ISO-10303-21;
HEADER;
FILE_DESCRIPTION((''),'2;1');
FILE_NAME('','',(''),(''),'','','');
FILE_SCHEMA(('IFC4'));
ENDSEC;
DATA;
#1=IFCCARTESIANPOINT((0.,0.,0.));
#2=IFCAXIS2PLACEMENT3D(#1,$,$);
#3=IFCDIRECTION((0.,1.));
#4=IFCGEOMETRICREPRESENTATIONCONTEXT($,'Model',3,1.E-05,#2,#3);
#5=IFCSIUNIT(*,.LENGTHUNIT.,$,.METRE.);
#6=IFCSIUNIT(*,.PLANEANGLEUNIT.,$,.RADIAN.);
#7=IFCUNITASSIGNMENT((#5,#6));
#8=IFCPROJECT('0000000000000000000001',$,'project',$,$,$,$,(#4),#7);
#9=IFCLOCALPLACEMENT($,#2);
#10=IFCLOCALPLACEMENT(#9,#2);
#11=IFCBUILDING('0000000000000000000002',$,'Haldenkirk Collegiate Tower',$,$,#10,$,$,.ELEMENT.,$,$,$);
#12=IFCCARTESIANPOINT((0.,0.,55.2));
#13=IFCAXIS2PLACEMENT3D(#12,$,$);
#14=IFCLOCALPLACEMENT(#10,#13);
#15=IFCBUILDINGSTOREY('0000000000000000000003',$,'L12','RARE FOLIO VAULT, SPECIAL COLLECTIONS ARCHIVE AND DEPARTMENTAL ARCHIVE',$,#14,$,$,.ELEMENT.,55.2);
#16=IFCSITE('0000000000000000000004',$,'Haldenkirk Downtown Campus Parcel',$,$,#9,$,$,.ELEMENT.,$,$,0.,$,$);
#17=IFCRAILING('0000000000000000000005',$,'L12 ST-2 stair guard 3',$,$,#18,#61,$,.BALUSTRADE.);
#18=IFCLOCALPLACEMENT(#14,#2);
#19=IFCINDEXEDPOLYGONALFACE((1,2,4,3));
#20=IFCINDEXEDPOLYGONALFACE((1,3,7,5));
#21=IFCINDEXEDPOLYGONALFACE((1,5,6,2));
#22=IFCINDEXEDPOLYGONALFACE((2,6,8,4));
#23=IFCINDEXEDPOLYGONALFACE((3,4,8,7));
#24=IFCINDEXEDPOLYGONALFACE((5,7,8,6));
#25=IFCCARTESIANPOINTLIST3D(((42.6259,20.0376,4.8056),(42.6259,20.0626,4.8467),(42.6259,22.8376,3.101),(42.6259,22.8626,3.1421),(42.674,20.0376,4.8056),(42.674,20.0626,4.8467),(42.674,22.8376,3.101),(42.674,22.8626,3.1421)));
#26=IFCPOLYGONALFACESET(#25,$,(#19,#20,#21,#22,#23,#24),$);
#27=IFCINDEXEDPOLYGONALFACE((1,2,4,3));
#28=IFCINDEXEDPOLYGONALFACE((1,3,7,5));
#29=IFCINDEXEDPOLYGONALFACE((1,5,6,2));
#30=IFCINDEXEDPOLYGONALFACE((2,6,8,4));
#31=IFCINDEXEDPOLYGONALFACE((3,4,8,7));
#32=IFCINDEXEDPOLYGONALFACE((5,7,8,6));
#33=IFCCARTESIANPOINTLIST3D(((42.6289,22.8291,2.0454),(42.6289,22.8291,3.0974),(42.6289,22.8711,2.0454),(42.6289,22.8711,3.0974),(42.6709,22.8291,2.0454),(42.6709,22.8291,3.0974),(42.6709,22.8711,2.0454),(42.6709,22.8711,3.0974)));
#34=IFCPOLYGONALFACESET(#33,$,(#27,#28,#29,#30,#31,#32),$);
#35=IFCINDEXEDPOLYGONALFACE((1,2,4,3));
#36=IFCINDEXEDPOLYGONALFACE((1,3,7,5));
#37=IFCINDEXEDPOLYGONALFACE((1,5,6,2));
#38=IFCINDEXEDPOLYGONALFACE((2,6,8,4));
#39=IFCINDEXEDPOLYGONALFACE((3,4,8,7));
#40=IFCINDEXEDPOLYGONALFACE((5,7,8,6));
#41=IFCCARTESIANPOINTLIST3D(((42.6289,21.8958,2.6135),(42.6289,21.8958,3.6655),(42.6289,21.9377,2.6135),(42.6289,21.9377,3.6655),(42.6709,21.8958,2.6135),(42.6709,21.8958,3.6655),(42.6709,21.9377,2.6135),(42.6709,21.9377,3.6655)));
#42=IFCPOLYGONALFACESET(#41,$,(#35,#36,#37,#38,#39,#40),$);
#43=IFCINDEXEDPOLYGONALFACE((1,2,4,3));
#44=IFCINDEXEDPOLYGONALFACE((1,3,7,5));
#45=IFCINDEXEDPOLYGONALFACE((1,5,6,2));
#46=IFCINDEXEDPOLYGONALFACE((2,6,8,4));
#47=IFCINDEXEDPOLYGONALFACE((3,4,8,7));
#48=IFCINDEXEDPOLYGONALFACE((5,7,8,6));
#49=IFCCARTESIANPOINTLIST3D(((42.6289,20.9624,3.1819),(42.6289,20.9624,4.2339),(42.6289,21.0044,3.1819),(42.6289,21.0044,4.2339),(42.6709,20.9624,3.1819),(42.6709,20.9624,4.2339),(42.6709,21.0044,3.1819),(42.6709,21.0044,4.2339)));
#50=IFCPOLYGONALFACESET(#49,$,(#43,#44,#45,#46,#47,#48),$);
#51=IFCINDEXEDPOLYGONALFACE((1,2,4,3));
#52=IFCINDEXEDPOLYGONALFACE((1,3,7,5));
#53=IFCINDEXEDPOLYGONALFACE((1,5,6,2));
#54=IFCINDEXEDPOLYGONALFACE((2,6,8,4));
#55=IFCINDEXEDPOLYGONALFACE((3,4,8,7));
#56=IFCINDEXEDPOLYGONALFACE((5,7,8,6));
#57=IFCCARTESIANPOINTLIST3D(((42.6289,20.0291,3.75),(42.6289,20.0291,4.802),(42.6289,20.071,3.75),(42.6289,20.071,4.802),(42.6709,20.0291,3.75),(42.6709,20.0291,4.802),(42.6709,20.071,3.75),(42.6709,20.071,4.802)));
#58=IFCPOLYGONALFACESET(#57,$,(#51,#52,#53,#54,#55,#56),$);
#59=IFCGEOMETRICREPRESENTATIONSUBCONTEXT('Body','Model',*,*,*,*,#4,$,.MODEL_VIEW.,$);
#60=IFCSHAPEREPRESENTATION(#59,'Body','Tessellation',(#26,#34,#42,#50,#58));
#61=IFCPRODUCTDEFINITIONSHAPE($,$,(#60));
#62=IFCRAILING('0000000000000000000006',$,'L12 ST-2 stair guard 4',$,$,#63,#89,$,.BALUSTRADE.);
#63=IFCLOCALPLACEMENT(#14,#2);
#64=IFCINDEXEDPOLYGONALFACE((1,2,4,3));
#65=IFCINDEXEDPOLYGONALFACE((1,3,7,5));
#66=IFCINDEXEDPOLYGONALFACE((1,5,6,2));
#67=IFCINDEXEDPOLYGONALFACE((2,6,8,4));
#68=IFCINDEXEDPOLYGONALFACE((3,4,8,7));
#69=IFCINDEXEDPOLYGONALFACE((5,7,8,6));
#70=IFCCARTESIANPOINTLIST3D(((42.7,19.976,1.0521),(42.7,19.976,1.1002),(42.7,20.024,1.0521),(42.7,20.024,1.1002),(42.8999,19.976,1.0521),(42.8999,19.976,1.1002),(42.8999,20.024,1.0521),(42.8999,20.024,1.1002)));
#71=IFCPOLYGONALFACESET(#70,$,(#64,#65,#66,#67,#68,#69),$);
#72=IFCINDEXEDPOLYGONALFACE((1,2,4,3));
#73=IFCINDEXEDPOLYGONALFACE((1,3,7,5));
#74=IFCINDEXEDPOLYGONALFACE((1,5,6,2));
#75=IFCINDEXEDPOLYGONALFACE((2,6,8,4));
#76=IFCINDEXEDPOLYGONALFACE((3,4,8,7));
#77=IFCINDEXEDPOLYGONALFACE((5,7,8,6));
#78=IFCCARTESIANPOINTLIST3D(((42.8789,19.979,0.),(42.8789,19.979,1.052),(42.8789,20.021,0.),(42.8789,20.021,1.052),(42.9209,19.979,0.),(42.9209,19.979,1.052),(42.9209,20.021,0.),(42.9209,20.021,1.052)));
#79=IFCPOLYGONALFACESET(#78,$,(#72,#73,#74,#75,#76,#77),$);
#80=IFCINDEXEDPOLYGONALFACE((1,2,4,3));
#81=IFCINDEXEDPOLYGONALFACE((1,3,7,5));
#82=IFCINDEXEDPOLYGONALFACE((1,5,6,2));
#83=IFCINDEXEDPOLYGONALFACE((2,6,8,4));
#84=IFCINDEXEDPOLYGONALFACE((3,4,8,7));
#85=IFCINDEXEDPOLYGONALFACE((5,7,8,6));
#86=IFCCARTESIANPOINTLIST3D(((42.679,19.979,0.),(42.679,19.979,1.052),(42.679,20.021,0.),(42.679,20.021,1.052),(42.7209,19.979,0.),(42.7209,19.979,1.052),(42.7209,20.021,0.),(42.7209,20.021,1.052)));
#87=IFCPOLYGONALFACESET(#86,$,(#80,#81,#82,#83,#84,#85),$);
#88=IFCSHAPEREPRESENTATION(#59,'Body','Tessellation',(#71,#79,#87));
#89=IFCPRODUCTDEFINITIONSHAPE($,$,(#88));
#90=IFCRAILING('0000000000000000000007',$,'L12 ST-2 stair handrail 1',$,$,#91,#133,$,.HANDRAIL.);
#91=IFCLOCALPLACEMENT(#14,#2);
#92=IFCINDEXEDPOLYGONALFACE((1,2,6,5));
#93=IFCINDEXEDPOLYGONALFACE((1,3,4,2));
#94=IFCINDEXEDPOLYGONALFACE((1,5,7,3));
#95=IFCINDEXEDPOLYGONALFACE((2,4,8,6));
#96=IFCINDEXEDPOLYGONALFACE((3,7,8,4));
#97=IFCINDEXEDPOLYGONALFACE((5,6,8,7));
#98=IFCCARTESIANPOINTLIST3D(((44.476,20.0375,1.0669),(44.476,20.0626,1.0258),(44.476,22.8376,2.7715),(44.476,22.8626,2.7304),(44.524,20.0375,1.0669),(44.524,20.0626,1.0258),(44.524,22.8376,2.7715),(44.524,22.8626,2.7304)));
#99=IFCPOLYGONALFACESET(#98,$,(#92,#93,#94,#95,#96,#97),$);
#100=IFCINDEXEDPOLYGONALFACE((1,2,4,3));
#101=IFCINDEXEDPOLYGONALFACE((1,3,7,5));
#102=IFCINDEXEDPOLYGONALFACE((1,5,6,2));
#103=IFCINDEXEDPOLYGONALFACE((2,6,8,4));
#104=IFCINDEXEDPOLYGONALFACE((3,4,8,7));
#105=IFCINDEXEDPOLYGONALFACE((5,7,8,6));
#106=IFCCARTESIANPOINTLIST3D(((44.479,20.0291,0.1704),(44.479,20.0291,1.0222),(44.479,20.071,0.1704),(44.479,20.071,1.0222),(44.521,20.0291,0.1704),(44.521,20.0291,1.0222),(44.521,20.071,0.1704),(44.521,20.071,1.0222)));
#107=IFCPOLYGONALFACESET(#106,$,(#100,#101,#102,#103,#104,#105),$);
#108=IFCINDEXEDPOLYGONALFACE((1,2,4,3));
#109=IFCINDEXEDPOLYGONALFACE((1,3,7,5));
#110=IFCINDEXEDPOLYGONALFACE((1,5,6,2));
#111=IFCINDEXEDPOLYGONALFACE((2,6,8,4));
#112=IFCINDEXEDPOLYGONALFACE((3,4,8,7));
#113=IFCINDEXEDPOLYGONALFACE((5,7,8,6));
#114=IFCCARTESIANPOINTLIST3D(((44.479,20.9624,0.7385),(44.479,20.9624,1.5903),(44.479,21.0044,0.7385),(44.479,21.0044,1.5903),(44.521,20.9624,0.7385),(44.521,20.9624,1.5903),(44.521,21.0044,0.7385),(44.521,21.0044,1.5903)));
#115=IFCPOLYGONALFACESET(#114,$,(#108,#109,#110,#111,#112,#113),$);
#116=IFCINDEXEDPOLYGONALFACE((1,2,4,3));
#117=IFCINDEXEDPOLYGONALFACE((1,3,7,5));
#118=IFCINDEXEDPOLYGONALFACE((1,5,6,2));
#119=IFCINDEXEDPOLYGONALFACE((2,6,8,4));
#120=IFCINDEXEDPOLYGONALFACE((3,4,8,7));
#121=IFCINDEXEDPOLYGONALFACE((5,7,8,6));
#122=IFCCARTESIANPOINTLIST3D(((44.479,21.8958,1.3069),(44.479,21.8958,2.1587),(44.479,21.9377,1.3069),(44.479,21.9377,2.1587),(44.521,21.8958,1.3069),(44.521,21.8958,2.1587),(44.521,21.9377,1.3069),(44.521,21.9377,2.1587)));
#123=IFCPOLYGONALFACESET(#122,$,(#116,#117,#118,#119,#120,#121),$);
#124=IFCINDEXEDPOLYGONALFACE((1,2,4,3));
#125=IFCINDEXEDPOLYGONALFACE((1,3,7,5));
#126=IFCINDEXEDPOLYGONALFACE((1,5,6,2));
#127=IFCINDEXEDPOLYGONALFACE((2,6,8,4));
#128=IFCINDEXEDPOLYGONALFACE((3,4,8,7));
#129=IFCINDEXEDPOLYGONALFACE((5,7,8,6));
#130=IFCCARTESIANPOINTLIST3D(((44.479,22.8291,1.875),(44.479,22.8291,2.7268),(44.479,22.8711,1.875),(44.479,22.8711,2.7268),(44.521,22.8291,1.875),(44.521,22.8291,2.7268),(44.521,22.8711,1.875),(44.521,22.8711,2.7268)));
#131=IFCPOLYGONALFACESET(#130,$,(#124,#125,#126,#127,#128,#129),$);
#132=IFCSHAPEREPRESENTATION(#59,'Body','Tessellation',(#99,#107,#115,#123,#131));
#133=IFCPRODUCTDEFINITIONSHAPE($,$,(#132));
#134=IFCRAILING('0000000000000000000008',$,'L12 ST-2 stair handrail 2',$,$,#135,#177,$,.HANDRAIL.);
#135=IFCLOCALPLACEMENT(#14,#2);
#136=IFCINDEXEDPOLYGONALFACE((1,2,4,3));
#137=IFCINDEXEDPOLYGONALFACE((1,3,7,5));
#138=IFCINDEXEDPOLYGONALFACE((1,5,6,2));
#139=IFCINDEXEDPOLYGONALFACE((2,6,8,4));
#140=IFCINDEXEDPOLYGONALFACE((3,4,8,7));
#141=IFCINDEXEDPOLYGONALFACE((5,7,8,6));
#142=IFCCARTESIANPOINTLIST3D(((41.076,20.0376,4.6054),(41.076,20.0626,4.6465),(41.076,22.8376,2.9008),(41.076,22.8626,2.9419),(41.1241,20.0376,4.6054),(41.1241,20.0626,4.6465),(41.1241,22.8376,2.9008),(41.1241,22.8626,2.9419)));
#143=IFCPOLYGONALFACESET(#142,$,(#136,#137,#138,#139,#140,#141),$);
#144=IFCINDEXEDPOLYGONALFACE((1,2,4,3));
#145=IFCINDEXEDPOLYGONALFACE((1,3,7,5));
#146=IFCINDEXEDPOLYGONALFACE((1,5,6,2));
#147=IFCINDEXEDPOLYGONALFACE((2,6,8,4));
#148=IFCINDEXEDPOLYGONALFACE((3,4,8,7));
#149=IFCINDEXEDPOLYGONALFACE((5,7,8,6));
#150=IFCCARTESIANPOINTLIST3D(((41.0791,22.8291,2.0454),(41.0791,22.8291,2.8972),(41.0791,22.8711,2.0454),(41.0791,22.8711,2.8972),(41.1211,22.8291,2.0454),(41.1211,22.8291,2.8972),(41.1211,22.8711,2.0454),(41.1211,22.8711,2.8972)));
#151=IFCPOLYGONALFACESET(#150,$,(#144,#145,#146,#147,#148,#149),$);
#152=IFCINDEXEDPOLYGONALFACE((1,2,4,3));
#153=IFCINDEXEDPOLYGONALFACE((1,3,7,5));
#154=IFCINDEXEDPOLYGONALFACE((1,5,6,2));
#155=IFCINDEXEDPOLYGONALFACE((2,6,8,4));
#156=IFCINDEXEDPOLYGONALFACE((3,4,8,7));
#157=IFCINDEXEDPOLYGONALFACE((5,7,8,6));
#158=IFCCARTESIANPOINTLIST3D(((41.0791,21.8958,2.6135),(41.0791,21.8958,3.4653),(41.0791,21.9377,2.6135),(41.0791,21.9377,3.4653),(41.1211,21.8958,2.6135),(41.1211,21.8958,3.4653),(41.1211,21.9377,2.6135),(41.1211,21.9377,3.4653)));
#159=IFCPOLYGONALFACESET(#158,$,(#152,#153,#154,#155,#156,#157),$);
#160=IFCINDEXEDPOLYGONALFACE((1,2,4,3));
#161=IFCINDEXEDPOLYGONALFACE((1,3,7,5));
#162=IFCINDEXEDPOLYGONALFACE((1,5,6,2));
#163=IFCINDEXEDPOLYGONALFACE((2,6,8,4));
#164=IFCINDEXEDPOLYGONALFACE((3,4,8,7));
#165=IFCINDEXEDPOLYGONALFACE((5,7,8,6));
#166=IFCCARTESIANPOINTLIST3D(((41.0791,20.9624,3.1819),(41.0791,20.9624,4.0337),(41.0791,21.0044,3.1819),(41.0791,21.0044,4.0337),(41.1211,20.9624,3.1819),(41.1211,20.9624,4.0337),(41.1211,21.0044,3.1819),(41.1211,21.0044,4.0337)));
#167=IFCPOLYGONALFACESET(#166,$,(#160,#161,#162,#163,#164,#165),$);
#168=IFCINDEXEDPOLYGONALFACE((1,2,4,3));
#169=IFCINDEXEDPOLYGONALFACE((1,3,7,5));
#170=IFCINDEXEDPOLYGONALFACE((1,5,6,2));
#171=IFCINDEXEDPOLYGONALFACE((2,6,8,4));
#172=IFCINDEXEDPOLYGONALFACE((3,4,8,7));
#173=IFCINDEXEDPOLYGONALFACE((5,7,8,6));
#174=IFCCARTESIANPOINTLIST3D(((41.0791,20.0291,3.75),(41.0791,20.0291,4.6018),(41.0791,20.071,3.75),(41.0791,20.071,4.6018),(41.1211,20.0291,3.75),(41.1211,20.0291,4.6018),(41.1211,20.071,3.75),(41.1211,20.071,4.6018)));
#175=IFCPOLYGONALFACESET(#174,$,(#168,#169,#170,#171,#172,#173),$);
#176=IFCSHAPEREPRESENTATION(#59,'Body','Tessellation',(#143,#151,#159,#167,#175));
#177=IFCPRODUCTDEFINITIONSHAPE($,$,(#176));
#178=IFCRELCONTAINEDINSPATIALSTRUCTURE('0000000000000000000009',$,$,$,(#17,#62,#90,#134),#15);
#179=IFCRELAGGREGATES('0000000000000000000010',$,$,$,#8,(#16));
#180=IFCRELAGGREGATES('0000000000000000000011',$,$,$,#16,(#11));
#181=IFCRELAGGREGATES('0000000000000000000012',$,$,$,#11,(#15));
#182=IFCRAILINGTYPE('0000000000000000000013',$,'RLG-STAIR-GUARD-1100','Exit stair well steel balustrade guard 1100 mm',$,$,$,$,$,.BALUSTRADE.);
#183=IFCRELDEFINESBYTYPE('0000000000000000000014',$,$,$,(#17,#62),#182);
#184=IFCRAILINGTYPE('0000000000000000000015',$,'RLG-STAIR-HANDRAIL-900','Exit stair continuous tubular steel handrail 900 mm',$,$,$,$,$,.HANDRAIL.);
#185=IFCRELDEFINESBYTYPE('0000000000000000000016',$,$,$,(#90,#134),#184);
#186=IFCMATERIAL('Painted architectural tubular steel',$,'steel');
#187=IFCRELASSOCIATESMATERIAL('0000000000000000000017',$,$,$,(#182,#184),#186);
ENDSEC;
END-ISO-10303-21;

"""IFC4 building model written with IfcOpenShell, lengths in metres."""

from ifc_helpers import new_model, si_unit, direction, frame, origin, origin_2d, place, context, subcontext, project, spatial, rectangle, extrude, material, type_object, element, save


model = new_model("IFC4")

# Units and contexts
model_context = context("Model", 3, precision=1e-05, world=origin(), true_north=direction((0.0, 1.0)))
body_context = subcontext(model_context, "Body", "Model", "MODEL_VIEW")
ifc_project = project(units=[si_unit("LENGTHUNIT", "METRE"), si_unit("PLANEANGLEUNIT", "RADIAN")], contexts=[model_context])

# Site, building, storey
site_placement = place(None, origin())
site = spatial("IfcSite", under=ifc_project, at=site_placement, Name="Haldenkirk Downtown Campus Parcel", CompositionType="ELEMENT", RefElevation=0.0)
building_placement = place(site_placement, origin())
building = spatial("IfcBuilding", under=site, at=building_placement, Name="Haldenkirk Collegiate Tower", CompositionType="ELEMENT")
storey_placement = place(building_placement, frame((0.0, 0.0, 55.2)))
storey = spatial("IfcBuildingStorey", under=building, at=storey_placement, Name="L12", Description="RARE FOLIO VAULT, SPECIAL COLLECTIONS ARCHIVE AND DEPARTMENTAL ARCHIVE", CompositionType="ELEMENT", Elevation=55.2)

# Railings
ifc_material_1 = material(Name="Painted architectural tubular steel", Category="steel")
railing_type_1 = type_object("IfcRailingType", Name="RLG-STAIR-GUARD-1100", Description="Exit stair well steel balustrade guard 1100 mm", PredefinedType="BALUSTRADE", material=ifc_material_1)
railing_1_placement = place(storey_placement, frame((42.6499, 22.8501, 2.0454)))
element("IfcRailing", 1, at=railing_1_placement, inside=storey, type_object=railing_type_1, Name="L12 ST-2 stair guard 3", PredefinedType="BALUSTRADE", context=body_context, shape_type="SweptSolid", body=[
    extrude(rectangle(XDim=0.0481, YDim=0.0481, at=origin_2d()), frame((0.0, 0.0, 1.0762), z_axis=(0.0, -0.85417, 0.519994), x_axis=(1.0, 0.0, 0.0)), (0.0, 0.0, 1.0), 3.2781),
    extrude(rectangle(XDim=0.042, YDim=0.042, at=origin_2d()), origin(), (0.0, 0.0, 1.0), 1.052),
    extrude(rectangle(XDim=0.042, YDim=0.042, at=origin_2d()), frame((0.0, -0.9333, 0.5681)), (0.0, 0.0, 1.0), 1.052),
    extrude(rectangle(XDim=0.042, YDim=0.042, at=origin_2d()), frame((0.0, -1.8667, 1.1365)), (0.0, 0.0, 1.0), 1.052),
    extrude(rectangle(XDim=0.042, YDim=0.042, at=origin_2d()), frame((0.0, -2.8, 1.7046)), (0.0, 0.0, 1.0), 1.052),
])
railing_2_placement = place(storey_placement, frame((42.8999, 20.0, 0.0)))
element("IfcRailing", 2, at=railing_2_placement, inside=storey, type_object=railing_type_1, Name="L12 ST-2 stair guard 4", PredefinedType="BALUSTRADE", context=body_context, shape_type="SweptSolid", body=[
    extrude(rectangle(XDim=0.0481, YDim=0.0481, at=origin_2d()), frame((0.0, 0.0, 1.0762), z_axis=(-1.0, 0.0, 0.0), x_axis=(0.0, -1.0, 0.0)), (0.0, 0.0, 1.0), 0.2),
    extrude(rectangle(XDim=0.042, YDim=0.042, at=origin_2d()), origin(), (0.0, 0.0, 1.0), 1.052),
    extrude(rectangle(XDim=0.042, YDim=0.042, at=origin_2d()), frame((-0.2, 0.0, 0.0)), (0.0, 0.0, 1.0), 1.052),
])
railing_type_2 = type_object("IfcRailingType", Name="RLG-STAIR-HANDRAIL-900", Description="Exit stair continuous tubular steel handrail 900 mm", PredefinedType="HANDRAIL", material=ifc_material_1)
railing_3_placement = place(storey_placement, frame((44.5, 20.05, 0.1704)))
element("IfcRailing", 3, at=railing_3_placement, inside=storey, type_object=railing_type_2, Name="L12 ST-2 stair handrail 1", PredefinedType="HANDRAIL", context=body_context, shape_type="SweptSolid", body=[
    extrude(rectangle(XDim=0.0481, YDim=0.0481, at=origin_2d()), frame((0.0, 0.0, 0.876), z_axis=(0.0, 0.85417, 0.519994), x_axis=(-1.0, 0.0, 0.0)), (0.0, 0.0, 1.0), 3.2781),
    extrude(rectangle(XDim=0.042, YDim=0.042, at=origin_2d()), origin(), (0.0, 0.0, 1.0), 0.8518),
    extrude(rectangle(XDim=0.042, YDim=0.042, at=origin_2d()), frame((0.0, 0.9333, 0.5681)), (0.0, 0.0, 1.0), 0.8518),
    extrude(rectangle(XDim=0.042, YDim=0.042, at=origin_2d()), frame((0.0, 1.8667, 1.1365)), (0.0, 0.0, 1.0), 0.8518),
    extrude(rectangle(XDim=0.042, YDim=0.042, at=origin_2d()), frame((0.0, 2.8, 1.7046)), (0.0, 0.0, 1.0), 0.8518),
])
railing_4_placement = place(storey_placement, frame((41.1001, 22.8501, 2.0454)))
element("IfcRailing", 4, at=railing_4_placement, inside=storey, type_object=railing_type_2, Name="L12 ST-2 stair handrail 2", PredefinedType="HANDRAIL", context=body_context, shape_type="SweptSolid", body=[
    extrude(rectangle(XDim=0.0481, YDim=0.0481, at=origin_2d()), frame((0.0, 0.0, 0.876), z_axis=(0.0, -0.85417, 0.519994), x_axis=(1.0, 0.0, 0.0)), (0.0, 0.0, 1.0), 3.2781),
    extrude(rectangle(XDim=0.042, YDim=0.042, at=origin_2d()), origin(), (0.0, 0.0, 1.0), 0.8518),
    extrude(rectangle(XDim=0.042, YDim=0.042, at=origin_2d()), frame((0.0, -0.9333, 0.5681)), (0.0, 0.0, 1.0), 0.8518),
    extrude(rectangle(XDim=0.042, YDim=0.042, at=origin_2d()), frame((0.0, -1.8667, 1.1365)), (0.0, 0.0, 1.0), 0.8518),
    extrude(rectangle(XDim=0.042, YDim=0.042, at=origin_2d()), frame((0.0, -2.8, 1.7046)), (0.0, 0.0, 1.0), 0.8518),
])

save(model, "model.ifc")
